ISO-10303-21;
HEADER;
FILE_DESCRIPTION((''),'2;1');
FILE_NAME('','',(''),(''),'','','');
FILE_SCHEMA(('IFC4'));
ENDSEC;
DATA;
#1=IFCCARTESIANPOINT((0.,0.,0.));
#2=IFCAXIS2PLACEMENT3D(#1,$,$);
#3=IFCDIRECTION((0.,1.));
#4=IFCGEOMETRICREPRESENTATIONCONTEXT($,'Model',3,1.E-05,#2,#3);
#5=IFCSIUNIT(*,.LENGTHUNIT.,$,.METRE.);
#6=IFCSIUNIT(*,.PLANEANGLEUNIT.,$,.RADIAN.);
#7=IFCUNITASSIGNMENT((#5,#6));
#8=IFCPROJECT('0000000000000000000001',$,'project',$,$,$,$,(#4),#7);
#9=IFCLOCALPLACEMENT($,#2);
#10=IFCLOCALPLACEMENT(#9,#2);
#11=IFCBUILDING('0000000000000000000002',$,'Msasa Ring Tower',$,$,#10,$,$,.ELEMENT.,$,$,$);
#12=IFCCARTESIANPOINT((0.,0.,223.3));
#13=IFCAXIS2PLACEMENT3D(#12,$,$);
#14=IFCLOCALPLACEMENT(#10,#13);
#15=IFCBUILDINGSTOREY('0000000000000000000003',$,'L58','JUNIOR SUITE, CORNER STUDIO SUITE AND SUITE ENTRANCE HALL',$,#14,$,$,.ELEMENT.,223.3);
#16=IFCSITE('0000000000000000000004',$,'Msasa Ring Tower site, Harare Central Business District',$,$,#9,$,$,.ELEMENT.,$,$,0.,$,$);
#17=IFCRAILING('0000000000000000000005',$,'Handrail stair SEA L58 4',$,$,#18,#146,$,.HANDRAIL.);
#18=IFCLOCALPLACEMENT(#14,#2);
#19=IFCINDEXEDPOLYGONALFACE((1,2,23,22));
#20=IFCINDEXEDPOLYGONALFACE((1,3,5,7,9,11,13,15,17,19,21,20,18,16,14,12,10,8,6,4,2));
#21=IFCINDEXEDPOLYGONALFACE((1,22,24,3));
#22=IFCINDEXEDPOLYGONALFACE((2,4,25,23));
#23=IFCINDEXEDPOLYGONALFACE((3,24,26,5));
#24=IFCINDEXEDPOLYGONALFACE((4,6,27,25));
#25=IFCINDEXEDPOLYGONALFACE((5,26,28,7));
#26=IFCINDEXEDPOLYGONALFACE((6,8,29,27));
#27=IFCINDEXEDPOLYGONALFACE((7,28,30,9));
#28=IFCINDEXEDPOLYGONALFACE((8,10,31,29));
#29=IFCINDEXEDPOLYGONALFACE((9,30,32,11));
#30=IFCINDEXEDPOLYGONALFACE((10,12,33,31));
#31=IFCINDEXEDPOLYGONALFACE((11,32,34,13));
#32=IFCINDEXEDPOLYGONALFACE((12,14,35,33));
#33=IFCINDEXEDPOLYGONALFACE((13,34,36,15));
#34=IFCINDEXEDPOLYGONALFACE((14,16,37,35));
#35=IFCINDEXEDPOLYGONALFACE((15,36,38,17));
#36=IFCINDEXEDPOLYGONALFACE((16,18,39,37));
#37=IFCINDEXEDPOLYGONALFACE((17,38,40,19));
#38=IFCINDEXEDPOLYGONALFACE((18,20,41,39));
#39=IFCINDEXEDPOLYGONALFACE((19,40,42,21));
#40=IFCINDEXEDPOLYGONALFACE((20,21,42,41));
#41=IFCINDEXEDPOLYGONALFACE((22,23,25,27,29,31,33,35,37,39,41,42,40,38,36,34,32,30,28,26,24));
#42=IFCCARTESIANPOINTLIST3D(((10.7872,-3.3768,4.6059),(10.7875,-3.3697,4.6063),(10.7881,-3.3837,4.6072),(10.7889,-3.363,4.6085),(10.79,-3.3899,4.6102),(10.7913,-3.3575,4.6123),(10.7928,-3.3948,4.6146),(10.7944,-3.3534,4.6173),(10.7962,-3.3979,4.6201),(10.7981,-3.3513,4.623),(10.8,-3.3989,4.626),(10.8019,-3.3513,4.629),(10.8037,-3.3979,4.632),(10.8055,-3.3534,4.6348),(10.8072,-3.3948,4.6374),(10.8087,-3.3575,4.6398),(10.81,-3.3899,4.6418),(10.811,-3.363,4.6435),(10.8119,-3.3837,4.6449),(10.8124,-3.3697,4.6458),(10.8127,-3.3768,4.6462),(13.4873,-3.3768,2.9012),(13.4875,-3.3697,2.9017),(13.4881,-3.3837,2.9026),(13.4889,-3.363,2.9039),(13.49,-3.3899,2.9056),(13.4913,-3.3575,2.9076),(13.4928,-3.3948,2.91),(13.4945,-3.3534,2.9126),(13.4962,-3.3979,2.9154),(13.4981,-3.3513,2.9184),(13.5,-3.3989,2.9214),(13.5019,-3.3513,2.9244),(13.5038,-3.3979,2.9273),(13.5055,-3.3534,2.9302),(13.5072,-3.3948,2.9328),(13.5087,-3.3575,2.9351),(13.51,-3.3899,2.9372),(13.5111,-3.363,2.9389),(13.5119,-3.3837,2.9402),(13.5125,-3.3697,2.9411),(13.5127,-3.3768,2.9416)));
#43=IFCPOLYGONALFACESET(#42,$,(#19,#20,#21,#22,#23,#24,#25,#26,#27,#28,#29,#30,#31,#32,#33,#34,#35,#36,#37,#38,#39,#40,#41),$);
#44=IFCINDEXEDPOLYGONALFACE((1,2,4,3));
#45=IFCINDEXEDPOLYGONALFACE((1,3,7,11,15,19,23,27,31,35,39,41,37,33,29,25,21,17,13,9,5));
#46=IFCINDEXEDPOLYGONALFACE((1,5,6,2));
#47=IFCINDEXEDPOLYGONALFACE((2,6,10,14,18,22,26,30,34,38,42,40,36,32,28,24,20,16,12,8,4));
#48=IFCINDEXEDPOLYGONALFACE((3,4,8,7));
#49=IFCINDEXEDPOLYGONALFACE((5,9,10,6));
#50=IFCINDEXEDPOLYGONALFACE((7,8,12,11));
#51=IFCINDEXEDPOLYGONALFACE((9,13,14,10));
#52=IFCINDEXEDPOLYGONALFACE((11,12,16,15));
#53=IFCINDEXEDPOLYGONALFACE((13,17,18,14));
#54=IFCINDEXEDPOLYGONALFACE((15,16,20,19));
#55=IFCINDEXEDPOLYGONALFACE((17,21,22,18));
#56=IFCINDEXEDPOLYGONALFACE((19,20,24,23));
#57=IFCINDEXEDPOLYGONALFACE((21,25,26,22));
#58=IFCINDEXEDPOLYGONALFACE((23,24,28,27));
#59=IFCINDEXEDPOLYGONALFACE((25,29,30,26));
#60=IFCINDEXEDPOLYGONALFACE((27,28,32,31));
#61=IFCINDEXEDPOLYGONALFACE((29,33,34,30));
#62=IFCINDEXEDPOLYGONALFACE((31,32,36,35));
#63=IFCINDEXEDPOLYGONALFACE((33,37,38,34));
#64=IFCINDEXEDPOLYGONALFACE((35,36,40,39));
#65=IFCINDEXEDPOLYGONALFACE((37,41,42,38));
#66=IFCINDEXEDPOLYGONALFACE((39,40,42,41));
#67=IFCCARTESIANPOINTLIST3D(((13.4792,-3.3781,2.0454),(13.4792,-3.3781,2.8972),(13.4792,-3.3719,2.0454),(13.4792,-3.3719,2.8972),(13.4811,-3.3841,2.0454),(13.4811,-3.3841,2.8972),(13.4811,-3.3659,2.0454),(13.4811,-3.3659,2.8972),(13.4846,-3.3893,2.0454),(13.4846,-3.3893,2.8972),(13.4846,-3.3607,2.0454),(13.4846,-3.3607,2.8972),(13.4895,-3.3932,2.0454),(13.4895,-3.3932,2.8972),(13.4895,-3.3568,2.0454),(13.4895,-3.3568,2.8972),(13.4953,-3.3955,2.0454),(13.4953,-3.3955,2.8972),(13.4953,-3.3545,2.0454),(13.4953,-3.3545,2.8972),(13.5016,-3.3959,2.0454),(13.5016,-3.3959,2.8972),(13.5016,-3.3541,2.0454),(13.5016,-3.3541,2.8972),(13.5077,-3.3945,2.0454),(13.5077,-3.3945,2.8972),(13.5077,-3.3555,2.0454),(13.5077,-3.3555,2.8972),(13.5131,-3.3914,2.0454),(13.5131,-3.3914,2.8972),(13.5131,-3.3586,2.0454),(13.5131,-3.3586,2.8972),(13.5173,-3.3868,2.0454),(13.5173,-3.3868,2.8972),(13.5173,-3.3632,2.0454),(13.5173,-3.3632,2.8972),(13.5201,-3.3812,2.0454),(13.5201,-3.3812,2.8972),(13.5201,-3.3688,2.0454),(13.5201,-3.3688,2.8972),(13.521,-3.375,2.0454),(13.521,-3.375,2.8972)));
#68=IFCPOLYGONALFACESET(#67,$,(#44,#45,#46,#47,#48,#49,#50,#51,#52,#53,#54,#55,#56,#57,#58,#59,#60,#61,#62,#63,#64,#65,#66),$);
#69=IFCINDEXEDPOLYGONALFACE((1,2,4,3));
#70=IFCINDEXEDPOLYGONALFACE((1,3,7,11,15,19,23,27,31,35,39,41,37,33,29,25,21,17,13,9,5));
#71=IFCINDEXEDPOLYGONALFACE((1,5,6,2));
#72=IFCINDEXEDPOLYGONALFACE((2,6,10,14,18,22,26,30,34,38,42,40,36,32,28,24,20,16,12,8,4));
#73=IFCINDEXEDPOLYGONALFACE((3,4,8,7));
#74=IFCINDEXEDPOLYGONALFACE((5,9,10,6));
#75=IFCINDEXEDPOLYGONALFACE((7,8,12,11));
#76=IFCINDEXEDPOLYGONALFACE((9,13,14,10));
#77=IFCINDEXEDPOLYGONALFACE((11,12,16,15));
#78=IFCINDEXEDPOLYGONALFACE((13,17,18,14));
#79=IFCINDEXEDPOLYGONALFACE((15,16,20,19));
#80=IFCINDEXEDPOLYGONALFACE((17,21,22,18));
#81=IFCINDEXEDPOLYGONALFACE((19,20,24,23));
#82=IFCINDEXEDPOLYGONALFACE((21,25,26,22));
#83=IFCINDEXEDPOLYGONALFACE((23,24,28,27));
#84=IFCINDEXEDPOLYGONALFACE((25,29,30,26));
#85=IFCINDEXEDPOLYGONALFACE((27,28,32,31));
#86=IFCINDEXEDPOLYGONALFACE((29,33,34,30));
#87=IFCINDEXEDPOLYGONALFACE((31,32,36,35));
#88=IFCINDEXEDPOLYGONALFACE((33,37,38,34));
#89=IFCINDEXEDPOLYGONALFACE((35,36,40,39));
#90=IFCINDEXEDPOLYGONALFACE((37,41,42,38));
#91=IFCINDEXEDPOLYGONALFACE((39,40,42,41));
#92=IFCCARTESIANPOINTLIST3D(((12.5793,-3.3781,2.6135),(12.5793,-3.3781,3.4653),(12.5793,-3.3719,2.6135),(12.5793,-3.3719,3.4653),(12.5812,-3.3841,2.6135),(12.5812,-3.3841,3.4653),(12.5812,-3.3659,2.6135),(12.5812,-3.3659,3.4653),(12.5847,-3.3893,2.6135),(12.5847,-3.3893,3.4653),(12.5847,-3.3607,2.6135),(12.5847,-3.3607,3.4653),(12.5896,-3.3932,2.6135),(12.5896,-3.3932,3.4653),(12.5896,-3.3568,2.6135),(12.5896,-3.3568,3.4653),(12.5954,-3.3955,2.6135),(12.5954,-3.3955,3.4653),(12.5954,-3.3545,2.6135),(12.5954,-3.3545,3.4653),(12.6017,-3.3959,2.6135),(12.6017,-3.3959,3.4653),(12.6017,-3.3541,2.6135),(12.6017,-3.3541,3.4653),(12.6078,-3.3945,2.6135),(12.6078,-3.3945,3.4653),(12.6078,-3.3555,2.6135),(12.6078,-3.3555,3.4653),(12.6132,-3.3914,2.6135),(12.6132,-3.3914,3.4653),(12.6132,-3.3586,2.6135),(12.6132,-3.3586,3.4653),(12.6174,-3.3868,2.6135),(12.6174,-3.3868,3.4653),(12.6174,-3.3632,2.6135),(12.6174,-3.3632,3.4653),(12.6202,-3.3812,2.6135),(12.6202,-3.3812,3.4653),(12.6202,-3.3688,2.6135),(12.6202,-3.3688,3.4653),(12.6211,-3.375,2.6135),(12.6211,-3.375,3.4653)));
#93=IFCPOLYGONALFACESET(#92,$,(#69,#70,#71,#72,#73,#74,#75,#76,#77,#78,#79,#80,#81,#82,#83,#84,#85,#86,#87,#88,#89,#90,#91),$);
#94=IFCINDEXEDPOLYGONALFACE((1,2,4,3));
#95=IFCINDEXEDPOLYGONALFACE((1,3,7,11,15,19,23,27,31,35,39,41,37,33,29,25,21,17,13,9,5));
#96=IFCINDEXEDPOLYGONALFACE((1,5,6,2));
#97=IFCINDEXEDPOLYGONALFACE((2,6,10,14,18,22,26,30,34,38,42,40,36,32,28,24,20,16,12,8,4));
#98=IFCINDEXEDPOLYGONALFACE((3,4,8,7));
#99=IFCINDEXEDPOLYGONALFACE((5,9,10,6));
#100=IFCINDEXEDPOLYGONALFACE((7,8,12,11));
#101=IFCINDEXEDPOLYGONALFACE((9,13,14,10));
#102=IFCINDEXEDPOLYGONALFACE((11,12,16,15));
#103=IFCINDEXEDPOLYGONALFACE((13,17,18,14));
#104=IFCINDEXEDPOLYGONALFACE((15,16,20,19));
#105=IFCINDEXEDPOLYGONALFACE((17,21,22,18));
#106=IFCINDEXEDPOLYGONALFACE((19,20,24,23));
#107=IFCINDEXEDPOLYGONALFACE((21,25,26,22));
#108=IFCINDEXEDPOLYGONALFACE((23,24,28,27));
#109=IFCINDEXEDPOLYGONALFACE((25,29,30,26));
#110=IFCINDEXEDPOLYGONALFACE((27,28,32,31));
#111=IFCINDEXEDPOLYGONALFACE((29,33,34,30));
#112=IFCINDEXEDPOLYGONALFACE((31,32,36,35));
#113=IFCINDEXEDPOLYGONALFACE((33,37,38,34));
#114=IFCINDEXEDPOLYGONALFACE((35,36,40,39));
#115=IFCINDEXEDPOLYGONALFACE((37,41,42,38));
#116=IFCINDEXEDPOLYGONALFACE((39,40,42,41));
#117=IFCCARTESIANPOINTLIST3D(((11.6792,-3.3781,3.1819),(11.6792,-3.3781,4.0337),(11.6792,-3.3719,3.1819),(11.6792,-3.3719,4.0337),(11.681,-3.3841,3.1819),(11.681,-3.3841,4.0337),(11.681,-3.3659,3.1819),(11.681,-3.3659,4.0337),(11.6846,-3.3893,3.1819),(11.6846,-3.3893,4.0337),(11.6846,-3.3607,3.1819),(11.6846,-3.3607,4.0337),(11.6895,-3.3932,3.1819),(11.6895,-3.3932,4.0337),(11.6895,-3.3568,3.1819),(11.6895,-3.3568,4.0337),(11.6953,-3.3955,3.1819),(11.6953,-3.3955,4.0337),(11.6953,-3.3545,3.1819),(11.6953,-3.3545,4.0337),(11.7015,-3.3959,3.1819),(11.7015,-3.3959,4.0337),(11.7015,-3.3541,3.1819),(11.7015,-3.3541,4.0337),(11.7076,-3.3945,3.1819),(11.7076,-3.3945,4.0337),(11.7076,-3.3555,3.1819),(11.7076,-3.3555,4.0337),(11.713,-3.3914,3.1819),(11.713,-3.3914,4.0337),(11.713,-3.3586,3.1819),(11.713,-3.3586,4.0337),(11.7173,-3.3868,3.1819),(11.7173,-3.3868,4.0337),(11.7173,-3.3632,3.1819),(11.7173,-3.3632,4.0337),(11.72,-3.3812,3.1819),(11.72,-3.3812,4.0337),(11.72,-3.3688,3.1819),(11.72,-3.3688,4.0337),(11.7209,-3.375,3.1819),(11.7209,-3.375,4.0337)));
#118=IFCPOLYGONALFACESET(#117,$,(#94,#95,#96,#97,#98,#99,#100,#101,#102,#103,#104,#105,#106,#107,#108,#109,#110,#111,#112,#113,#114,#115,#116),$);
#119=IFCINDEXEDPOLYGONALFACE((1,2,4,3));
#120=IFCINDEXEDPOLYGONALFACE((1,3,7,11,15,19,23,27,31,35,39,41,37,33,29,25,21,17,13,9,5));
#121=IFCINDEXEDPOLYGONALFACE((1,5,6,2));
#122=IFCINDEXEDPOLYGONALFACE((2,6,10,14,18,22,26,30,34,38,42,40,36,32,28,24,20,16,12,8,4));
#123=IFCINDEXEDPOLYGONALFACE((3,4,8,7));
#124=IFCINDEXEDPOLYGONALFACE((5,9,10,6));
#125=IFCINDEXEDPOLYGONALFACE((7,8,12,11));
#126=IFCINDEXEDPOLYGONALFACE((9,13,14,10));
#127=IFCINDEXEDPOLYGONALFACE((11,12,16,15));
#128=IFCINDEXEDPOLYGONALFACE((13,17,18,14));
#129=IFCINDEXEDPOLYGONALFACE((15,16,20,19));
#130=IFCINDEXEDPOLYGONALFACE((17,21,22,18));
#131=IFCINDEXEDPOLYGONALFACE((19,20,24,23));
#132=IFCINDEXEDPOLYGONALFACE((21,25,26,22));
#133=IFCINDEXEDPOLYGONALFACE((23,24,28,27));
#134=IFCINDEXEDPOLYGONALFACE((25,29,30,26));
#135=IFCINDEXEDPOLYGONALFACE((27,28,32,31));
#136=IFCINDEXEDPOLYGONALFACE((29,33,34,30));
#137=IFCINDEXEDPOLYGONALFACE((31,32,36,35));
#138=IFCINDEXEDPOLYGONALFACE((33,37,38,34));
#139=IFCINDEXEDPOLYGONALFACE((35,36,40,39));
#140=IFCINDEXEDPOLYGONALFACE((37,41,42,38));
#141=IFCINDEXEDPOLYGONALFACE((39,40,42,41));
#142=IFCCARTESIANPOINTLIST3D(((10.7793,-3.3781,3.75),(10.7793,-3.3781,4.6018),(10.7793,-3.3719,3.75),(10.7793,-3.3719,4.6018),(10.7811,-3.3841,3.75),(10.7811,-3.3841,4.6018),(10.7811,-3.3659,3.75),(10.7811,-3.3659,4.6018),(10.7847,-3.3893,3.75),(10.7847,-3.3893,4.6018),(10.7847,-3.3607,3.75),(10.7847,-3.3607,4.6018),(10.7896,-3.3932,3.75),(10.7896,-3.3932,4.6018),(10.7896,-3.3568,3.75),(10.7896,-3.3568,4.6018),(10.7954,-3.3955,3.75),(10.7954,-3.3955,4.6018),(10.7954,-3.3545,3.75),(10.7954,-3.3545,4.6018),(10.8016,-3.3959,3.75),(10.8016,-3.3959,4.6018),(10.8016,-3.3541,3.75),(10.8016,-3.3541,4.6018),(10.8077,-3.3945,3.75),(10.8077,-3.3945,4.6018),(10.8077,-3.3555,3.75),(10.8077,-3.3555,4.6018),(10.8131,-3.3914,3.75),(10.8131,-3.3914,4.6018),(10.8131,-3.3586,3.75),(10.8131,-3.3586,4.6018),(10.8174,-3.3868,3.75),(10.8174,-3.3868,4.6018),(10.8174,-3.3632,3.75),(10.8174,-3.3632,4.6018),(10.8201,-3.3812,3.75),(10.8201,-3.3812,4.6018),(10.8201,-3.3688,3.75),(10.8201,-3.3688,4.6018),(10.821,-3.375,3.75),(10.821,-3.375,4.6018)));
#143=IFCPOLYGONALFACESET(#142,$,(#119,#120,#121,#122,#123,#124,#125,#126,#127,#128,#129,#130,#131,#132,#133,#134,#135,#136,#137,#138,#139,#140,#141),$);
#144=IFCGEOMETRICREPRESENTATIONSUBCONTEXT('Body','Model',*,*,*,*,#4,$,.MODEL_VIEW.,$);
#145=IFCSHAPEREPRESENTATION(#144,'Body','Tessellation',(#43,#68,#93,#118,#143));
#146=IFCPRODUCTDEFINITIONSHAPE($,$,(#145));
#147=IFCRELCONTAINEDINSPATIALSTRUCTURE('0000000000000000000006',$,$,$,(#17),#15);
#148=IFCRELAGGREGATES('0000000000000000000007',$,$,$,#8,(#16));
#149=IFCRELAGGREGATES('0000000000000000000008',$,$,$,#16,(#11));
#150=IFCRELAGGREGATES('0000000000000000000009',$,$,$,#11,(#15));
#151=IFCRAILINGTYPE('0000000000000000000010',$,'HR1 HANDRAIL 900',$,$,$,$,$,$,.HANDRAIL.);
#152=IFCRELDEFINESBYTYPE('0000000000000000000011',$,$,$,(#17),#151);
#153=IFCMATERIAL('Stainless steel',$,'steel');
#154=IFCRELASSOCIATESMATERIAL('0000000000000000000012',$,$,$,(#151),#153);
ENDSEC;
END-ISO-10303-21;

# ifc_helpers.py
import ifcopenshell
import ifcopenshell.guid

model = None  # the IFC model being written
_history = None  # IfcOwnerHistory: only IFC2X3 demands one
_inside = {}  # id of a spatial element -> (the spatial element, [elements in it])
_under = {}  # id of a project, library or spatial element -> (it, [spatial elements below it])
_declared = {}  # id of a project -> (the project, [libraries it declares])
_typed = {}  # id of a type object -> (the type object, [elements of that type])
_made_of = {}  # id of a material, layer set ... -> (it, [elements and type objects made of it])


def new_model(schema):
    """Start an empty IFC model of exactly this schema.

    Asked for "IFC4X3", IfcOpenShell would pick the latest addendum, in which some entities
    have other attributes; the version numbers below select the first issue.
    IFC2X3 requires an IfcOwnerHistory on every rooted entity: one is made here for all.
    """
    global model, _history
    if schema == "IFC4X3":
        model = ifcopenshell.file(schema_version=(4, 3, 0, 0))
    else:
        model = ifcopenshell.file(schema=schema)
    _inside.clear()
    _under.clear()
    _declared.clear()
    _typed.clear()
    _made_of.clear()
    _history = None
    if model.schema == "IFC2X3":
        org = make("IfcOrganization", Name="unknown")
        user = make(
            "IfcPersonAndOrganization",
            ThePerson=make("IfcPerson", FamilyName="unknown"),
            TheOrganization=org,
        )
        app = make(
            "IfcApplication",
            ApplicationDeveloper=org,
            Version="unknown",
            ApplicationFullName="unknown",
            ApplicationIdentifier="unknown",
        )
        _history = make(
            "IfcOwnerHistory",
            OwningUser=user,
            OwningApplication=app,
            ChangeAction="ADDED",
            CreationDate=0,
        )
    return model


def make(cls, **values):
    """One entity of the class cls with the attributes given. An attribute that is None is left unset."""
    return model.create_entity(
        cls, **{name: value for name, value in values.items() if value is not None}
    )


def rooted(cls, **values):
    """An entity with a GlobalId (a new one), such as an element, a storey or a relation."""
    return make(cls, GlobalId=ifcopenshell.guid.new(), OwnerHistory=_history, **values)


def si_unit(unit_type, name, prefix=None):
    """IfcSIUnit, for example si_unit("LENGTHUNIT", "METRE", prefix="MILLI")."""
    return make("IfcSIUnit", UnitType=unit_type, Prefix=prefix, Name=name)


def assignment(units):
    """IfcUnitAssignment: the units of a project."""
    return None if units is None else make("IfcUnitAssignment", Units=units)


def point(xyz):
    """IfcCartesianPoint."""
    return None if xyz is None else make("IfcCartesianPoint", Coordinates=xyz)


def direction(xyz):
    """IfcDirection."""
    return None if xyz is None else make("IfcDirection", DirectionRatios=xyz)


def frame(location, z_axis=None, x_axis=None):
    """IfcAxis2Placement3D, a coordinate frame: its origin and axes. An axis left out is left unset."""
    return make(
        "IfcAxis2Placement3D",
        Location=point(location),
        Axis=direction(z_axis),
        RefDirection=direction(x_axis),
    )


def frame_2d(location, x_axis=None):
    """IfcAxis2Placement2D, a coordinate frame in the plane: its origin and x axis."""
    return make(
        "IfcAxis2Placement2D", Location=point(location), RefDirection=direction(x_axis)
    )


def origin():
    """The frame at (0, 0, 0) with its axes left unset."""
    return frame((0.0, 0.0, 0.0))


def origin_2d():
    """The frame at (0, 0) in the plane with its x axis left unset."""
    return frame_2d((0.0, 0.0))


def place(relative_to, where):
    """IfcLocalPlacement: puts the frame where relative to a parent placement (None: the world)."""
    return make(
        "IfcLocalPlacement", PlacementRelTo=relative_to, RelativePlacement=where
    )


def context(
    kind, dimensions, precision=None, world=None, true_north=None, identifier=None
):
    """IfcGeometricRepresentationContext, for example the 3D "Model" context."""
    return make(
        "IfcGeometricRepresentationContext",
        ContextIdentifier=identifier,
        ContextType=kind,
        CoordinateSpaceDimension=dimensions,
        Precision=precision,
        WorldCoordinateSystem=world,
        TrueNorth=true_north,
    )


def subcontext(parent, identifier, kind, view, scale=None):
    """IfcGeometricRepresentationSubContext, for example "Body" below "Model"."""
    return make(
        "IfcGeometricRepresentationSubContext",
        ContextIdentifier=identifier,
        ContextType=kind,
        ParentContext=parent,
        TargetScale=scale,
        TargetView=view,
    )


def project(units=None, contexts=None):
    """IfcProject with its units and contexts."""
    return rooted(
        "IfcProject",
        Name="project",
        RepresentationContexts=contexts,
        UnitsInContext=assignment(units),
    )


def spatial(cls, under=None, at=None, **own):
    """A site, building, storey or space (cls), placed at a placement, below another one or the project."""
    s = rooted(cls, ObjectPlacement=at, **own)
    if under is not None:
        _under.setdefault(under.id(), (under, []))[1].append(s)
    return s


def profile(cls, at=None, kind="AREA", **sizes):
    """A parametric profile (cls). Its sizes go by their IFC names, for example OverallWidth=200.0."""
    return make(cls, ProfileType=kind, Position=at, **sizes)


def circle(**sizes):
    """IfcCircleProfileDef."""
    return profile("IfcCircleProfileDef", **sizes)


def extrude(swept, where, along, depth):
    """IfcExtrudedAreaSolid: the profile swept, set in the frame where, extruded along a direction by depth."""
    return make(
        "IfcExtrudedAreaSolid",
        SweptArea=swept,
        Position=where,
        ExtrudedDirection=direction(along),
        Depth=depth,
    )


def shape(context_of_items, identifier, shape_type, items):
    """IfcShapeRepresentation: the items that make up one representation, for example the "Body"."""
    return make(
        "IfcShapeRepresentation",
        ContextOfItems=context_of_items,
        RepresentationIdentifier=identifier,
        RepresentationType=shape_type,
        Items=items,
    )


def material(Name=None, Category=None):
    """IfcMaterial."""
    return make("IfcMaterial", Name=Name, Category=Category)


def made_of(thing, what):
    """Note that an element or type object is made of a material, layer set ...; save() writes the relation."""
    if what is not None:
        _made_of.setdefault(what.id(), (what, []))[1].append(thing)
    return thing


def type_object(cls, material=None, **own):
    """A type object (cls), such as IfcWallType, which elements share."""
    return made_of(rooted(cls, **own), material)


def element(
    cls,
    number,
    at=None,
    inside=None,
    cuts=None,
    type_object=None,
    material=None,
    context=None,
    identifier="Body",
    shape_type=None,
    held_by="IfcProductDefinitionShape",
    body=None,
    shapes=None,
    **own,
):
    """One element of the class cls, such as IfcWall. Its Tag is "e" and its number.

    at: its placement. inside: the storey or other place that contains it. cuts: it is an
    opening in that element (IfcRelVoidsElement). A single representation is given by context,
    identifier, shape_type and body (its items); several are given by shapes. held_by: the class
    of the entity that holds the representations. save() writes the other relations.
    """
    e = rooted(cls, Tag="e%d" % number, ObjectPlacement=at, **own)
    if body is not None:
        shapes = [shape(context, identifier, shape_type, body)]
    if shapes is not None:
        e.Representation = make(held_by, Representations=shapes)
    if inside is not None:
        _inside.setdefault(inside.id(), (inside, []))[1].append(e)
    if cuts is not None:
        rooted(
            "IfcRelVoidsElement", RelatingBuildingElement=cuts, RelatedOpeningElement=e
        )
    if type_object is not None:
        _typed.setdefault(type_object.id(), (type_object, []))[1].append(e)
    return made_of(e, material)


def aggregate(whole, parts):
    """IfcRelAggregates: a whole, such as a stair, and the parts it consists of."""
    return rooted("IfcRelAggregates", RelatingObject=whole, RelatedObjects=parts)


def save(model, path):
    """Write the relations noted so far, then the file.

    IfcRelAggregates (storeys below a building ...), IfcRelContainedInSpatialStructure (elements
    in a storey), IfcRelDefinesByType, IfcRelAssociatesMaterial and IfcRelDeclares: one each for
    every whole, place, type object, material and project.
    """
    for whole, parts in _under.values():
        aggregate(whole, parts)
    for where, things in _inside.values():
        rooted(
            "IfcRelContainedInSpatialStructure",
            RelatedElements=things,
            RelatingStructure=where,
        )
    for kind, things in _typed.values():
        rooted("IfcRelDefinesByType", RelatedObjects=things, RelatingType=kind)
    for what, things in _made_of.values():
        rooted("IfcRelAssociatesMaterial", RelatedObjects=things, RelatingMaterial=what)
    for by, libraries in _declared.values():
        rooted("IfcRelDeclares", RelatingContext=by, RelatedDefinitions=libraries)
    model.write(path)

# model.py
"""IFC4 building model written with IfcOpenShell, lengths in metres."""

from ifc_helpers import new_model, si_unit, direction, frame, origin, origin_2d, place, context, subcontext, project, spatial, circle, extrude, material, type_object, element, save


model = new_model("IFC4")

# Units and contexts
model_context = context("Model", 3, precision=1e-05, world=origin(), true_north=direction((0.0, 1.0)))
body_context = subcontext(model_context, "Body", "Model", "MODEL_VIEW")
ifc_project = project(units=[si_unit("LENGTHUNIT", "METRE"), si_unit("PLANEANGLEUNIT", "RADIAN")], contexts=[model_context])

# Site, building, storey
site_placement = place(None, origin())
site = spatial("IfcSite", under=ifc_project, at=site_placement, Name="Msasa Ring Tower site, Harare Central Business District", CompositionType="ELEMENT", RefElevation=0.0)
building_placement = place(site_placement, origin())
building = spatial("IfcBuilding", under=site, at=building_placement, Name="Msasa Ring Tower", CompositionType="ELEMENT")
storey_placement = place(building_placement, frame((0.0, 0.0, 223.3)))
storey = spatial("IfcBuildingStorey", under=building, at=storey_placement, Name="L58", Description="JUNIOR SUITE, CORNER STUDIO SUITE AND SUITE ENTRANCE HALL", CompositionType="ELEMENT", Elevation=223.3)

# Railing
ifc_material_1 = material(Name="Stainless steel", Category="steel")
railing_type = type_object("IfcRailingType", Name="HR1 HANDRAIL 900", PredefinedType="HANDRAIL", material=ifc_material_1)
for number, where, name in (
    (1, (13.5, -3.375, 2.0454), "Handrail stair SEA L58 4"),
):
    element("IfcRailing", number, at=place(storey_placement, frame(where)), inside=storey, type_object=railing_type, Name=name, PredefinedType="HANDRAIL", context=body_context, shape_type="SweptSolid", body=[
        extrude(circle(Radius=0.0239, at=origin_2d()), frame((0.0, 0.0, 0.876), z_axis=(-0.84558, 0.0, 0.533849), x_axis=(0.0, -1.0, 0.0)), (0.0, 0.0, 1.0), 3.1931),
        extrude(circle(Radius=0.021, at=origin_2d()), origin(), (0.0, 0.0, 1.0), 0.8518),
        extrude(circle(Radius=0.021, at=origin_2d()), frame((-0.8999, 0.0, 0.5681)), (0.0, 0.0, 1.0), 0.8518),
        extrude(circle(Radius=0.021, at=origin_2d()), frame((-1.8, 0.0, 1.1365)), (0.0, 0.0, 1.0), 0.8518),
        extrude(circle(Radius=0.021, at=origin_2d()), frame((-2.7, 0.0, 1.7046)), (0.0, 0.0, 1.0), 0.8518),
    ])

save(model, "model.ifc")
